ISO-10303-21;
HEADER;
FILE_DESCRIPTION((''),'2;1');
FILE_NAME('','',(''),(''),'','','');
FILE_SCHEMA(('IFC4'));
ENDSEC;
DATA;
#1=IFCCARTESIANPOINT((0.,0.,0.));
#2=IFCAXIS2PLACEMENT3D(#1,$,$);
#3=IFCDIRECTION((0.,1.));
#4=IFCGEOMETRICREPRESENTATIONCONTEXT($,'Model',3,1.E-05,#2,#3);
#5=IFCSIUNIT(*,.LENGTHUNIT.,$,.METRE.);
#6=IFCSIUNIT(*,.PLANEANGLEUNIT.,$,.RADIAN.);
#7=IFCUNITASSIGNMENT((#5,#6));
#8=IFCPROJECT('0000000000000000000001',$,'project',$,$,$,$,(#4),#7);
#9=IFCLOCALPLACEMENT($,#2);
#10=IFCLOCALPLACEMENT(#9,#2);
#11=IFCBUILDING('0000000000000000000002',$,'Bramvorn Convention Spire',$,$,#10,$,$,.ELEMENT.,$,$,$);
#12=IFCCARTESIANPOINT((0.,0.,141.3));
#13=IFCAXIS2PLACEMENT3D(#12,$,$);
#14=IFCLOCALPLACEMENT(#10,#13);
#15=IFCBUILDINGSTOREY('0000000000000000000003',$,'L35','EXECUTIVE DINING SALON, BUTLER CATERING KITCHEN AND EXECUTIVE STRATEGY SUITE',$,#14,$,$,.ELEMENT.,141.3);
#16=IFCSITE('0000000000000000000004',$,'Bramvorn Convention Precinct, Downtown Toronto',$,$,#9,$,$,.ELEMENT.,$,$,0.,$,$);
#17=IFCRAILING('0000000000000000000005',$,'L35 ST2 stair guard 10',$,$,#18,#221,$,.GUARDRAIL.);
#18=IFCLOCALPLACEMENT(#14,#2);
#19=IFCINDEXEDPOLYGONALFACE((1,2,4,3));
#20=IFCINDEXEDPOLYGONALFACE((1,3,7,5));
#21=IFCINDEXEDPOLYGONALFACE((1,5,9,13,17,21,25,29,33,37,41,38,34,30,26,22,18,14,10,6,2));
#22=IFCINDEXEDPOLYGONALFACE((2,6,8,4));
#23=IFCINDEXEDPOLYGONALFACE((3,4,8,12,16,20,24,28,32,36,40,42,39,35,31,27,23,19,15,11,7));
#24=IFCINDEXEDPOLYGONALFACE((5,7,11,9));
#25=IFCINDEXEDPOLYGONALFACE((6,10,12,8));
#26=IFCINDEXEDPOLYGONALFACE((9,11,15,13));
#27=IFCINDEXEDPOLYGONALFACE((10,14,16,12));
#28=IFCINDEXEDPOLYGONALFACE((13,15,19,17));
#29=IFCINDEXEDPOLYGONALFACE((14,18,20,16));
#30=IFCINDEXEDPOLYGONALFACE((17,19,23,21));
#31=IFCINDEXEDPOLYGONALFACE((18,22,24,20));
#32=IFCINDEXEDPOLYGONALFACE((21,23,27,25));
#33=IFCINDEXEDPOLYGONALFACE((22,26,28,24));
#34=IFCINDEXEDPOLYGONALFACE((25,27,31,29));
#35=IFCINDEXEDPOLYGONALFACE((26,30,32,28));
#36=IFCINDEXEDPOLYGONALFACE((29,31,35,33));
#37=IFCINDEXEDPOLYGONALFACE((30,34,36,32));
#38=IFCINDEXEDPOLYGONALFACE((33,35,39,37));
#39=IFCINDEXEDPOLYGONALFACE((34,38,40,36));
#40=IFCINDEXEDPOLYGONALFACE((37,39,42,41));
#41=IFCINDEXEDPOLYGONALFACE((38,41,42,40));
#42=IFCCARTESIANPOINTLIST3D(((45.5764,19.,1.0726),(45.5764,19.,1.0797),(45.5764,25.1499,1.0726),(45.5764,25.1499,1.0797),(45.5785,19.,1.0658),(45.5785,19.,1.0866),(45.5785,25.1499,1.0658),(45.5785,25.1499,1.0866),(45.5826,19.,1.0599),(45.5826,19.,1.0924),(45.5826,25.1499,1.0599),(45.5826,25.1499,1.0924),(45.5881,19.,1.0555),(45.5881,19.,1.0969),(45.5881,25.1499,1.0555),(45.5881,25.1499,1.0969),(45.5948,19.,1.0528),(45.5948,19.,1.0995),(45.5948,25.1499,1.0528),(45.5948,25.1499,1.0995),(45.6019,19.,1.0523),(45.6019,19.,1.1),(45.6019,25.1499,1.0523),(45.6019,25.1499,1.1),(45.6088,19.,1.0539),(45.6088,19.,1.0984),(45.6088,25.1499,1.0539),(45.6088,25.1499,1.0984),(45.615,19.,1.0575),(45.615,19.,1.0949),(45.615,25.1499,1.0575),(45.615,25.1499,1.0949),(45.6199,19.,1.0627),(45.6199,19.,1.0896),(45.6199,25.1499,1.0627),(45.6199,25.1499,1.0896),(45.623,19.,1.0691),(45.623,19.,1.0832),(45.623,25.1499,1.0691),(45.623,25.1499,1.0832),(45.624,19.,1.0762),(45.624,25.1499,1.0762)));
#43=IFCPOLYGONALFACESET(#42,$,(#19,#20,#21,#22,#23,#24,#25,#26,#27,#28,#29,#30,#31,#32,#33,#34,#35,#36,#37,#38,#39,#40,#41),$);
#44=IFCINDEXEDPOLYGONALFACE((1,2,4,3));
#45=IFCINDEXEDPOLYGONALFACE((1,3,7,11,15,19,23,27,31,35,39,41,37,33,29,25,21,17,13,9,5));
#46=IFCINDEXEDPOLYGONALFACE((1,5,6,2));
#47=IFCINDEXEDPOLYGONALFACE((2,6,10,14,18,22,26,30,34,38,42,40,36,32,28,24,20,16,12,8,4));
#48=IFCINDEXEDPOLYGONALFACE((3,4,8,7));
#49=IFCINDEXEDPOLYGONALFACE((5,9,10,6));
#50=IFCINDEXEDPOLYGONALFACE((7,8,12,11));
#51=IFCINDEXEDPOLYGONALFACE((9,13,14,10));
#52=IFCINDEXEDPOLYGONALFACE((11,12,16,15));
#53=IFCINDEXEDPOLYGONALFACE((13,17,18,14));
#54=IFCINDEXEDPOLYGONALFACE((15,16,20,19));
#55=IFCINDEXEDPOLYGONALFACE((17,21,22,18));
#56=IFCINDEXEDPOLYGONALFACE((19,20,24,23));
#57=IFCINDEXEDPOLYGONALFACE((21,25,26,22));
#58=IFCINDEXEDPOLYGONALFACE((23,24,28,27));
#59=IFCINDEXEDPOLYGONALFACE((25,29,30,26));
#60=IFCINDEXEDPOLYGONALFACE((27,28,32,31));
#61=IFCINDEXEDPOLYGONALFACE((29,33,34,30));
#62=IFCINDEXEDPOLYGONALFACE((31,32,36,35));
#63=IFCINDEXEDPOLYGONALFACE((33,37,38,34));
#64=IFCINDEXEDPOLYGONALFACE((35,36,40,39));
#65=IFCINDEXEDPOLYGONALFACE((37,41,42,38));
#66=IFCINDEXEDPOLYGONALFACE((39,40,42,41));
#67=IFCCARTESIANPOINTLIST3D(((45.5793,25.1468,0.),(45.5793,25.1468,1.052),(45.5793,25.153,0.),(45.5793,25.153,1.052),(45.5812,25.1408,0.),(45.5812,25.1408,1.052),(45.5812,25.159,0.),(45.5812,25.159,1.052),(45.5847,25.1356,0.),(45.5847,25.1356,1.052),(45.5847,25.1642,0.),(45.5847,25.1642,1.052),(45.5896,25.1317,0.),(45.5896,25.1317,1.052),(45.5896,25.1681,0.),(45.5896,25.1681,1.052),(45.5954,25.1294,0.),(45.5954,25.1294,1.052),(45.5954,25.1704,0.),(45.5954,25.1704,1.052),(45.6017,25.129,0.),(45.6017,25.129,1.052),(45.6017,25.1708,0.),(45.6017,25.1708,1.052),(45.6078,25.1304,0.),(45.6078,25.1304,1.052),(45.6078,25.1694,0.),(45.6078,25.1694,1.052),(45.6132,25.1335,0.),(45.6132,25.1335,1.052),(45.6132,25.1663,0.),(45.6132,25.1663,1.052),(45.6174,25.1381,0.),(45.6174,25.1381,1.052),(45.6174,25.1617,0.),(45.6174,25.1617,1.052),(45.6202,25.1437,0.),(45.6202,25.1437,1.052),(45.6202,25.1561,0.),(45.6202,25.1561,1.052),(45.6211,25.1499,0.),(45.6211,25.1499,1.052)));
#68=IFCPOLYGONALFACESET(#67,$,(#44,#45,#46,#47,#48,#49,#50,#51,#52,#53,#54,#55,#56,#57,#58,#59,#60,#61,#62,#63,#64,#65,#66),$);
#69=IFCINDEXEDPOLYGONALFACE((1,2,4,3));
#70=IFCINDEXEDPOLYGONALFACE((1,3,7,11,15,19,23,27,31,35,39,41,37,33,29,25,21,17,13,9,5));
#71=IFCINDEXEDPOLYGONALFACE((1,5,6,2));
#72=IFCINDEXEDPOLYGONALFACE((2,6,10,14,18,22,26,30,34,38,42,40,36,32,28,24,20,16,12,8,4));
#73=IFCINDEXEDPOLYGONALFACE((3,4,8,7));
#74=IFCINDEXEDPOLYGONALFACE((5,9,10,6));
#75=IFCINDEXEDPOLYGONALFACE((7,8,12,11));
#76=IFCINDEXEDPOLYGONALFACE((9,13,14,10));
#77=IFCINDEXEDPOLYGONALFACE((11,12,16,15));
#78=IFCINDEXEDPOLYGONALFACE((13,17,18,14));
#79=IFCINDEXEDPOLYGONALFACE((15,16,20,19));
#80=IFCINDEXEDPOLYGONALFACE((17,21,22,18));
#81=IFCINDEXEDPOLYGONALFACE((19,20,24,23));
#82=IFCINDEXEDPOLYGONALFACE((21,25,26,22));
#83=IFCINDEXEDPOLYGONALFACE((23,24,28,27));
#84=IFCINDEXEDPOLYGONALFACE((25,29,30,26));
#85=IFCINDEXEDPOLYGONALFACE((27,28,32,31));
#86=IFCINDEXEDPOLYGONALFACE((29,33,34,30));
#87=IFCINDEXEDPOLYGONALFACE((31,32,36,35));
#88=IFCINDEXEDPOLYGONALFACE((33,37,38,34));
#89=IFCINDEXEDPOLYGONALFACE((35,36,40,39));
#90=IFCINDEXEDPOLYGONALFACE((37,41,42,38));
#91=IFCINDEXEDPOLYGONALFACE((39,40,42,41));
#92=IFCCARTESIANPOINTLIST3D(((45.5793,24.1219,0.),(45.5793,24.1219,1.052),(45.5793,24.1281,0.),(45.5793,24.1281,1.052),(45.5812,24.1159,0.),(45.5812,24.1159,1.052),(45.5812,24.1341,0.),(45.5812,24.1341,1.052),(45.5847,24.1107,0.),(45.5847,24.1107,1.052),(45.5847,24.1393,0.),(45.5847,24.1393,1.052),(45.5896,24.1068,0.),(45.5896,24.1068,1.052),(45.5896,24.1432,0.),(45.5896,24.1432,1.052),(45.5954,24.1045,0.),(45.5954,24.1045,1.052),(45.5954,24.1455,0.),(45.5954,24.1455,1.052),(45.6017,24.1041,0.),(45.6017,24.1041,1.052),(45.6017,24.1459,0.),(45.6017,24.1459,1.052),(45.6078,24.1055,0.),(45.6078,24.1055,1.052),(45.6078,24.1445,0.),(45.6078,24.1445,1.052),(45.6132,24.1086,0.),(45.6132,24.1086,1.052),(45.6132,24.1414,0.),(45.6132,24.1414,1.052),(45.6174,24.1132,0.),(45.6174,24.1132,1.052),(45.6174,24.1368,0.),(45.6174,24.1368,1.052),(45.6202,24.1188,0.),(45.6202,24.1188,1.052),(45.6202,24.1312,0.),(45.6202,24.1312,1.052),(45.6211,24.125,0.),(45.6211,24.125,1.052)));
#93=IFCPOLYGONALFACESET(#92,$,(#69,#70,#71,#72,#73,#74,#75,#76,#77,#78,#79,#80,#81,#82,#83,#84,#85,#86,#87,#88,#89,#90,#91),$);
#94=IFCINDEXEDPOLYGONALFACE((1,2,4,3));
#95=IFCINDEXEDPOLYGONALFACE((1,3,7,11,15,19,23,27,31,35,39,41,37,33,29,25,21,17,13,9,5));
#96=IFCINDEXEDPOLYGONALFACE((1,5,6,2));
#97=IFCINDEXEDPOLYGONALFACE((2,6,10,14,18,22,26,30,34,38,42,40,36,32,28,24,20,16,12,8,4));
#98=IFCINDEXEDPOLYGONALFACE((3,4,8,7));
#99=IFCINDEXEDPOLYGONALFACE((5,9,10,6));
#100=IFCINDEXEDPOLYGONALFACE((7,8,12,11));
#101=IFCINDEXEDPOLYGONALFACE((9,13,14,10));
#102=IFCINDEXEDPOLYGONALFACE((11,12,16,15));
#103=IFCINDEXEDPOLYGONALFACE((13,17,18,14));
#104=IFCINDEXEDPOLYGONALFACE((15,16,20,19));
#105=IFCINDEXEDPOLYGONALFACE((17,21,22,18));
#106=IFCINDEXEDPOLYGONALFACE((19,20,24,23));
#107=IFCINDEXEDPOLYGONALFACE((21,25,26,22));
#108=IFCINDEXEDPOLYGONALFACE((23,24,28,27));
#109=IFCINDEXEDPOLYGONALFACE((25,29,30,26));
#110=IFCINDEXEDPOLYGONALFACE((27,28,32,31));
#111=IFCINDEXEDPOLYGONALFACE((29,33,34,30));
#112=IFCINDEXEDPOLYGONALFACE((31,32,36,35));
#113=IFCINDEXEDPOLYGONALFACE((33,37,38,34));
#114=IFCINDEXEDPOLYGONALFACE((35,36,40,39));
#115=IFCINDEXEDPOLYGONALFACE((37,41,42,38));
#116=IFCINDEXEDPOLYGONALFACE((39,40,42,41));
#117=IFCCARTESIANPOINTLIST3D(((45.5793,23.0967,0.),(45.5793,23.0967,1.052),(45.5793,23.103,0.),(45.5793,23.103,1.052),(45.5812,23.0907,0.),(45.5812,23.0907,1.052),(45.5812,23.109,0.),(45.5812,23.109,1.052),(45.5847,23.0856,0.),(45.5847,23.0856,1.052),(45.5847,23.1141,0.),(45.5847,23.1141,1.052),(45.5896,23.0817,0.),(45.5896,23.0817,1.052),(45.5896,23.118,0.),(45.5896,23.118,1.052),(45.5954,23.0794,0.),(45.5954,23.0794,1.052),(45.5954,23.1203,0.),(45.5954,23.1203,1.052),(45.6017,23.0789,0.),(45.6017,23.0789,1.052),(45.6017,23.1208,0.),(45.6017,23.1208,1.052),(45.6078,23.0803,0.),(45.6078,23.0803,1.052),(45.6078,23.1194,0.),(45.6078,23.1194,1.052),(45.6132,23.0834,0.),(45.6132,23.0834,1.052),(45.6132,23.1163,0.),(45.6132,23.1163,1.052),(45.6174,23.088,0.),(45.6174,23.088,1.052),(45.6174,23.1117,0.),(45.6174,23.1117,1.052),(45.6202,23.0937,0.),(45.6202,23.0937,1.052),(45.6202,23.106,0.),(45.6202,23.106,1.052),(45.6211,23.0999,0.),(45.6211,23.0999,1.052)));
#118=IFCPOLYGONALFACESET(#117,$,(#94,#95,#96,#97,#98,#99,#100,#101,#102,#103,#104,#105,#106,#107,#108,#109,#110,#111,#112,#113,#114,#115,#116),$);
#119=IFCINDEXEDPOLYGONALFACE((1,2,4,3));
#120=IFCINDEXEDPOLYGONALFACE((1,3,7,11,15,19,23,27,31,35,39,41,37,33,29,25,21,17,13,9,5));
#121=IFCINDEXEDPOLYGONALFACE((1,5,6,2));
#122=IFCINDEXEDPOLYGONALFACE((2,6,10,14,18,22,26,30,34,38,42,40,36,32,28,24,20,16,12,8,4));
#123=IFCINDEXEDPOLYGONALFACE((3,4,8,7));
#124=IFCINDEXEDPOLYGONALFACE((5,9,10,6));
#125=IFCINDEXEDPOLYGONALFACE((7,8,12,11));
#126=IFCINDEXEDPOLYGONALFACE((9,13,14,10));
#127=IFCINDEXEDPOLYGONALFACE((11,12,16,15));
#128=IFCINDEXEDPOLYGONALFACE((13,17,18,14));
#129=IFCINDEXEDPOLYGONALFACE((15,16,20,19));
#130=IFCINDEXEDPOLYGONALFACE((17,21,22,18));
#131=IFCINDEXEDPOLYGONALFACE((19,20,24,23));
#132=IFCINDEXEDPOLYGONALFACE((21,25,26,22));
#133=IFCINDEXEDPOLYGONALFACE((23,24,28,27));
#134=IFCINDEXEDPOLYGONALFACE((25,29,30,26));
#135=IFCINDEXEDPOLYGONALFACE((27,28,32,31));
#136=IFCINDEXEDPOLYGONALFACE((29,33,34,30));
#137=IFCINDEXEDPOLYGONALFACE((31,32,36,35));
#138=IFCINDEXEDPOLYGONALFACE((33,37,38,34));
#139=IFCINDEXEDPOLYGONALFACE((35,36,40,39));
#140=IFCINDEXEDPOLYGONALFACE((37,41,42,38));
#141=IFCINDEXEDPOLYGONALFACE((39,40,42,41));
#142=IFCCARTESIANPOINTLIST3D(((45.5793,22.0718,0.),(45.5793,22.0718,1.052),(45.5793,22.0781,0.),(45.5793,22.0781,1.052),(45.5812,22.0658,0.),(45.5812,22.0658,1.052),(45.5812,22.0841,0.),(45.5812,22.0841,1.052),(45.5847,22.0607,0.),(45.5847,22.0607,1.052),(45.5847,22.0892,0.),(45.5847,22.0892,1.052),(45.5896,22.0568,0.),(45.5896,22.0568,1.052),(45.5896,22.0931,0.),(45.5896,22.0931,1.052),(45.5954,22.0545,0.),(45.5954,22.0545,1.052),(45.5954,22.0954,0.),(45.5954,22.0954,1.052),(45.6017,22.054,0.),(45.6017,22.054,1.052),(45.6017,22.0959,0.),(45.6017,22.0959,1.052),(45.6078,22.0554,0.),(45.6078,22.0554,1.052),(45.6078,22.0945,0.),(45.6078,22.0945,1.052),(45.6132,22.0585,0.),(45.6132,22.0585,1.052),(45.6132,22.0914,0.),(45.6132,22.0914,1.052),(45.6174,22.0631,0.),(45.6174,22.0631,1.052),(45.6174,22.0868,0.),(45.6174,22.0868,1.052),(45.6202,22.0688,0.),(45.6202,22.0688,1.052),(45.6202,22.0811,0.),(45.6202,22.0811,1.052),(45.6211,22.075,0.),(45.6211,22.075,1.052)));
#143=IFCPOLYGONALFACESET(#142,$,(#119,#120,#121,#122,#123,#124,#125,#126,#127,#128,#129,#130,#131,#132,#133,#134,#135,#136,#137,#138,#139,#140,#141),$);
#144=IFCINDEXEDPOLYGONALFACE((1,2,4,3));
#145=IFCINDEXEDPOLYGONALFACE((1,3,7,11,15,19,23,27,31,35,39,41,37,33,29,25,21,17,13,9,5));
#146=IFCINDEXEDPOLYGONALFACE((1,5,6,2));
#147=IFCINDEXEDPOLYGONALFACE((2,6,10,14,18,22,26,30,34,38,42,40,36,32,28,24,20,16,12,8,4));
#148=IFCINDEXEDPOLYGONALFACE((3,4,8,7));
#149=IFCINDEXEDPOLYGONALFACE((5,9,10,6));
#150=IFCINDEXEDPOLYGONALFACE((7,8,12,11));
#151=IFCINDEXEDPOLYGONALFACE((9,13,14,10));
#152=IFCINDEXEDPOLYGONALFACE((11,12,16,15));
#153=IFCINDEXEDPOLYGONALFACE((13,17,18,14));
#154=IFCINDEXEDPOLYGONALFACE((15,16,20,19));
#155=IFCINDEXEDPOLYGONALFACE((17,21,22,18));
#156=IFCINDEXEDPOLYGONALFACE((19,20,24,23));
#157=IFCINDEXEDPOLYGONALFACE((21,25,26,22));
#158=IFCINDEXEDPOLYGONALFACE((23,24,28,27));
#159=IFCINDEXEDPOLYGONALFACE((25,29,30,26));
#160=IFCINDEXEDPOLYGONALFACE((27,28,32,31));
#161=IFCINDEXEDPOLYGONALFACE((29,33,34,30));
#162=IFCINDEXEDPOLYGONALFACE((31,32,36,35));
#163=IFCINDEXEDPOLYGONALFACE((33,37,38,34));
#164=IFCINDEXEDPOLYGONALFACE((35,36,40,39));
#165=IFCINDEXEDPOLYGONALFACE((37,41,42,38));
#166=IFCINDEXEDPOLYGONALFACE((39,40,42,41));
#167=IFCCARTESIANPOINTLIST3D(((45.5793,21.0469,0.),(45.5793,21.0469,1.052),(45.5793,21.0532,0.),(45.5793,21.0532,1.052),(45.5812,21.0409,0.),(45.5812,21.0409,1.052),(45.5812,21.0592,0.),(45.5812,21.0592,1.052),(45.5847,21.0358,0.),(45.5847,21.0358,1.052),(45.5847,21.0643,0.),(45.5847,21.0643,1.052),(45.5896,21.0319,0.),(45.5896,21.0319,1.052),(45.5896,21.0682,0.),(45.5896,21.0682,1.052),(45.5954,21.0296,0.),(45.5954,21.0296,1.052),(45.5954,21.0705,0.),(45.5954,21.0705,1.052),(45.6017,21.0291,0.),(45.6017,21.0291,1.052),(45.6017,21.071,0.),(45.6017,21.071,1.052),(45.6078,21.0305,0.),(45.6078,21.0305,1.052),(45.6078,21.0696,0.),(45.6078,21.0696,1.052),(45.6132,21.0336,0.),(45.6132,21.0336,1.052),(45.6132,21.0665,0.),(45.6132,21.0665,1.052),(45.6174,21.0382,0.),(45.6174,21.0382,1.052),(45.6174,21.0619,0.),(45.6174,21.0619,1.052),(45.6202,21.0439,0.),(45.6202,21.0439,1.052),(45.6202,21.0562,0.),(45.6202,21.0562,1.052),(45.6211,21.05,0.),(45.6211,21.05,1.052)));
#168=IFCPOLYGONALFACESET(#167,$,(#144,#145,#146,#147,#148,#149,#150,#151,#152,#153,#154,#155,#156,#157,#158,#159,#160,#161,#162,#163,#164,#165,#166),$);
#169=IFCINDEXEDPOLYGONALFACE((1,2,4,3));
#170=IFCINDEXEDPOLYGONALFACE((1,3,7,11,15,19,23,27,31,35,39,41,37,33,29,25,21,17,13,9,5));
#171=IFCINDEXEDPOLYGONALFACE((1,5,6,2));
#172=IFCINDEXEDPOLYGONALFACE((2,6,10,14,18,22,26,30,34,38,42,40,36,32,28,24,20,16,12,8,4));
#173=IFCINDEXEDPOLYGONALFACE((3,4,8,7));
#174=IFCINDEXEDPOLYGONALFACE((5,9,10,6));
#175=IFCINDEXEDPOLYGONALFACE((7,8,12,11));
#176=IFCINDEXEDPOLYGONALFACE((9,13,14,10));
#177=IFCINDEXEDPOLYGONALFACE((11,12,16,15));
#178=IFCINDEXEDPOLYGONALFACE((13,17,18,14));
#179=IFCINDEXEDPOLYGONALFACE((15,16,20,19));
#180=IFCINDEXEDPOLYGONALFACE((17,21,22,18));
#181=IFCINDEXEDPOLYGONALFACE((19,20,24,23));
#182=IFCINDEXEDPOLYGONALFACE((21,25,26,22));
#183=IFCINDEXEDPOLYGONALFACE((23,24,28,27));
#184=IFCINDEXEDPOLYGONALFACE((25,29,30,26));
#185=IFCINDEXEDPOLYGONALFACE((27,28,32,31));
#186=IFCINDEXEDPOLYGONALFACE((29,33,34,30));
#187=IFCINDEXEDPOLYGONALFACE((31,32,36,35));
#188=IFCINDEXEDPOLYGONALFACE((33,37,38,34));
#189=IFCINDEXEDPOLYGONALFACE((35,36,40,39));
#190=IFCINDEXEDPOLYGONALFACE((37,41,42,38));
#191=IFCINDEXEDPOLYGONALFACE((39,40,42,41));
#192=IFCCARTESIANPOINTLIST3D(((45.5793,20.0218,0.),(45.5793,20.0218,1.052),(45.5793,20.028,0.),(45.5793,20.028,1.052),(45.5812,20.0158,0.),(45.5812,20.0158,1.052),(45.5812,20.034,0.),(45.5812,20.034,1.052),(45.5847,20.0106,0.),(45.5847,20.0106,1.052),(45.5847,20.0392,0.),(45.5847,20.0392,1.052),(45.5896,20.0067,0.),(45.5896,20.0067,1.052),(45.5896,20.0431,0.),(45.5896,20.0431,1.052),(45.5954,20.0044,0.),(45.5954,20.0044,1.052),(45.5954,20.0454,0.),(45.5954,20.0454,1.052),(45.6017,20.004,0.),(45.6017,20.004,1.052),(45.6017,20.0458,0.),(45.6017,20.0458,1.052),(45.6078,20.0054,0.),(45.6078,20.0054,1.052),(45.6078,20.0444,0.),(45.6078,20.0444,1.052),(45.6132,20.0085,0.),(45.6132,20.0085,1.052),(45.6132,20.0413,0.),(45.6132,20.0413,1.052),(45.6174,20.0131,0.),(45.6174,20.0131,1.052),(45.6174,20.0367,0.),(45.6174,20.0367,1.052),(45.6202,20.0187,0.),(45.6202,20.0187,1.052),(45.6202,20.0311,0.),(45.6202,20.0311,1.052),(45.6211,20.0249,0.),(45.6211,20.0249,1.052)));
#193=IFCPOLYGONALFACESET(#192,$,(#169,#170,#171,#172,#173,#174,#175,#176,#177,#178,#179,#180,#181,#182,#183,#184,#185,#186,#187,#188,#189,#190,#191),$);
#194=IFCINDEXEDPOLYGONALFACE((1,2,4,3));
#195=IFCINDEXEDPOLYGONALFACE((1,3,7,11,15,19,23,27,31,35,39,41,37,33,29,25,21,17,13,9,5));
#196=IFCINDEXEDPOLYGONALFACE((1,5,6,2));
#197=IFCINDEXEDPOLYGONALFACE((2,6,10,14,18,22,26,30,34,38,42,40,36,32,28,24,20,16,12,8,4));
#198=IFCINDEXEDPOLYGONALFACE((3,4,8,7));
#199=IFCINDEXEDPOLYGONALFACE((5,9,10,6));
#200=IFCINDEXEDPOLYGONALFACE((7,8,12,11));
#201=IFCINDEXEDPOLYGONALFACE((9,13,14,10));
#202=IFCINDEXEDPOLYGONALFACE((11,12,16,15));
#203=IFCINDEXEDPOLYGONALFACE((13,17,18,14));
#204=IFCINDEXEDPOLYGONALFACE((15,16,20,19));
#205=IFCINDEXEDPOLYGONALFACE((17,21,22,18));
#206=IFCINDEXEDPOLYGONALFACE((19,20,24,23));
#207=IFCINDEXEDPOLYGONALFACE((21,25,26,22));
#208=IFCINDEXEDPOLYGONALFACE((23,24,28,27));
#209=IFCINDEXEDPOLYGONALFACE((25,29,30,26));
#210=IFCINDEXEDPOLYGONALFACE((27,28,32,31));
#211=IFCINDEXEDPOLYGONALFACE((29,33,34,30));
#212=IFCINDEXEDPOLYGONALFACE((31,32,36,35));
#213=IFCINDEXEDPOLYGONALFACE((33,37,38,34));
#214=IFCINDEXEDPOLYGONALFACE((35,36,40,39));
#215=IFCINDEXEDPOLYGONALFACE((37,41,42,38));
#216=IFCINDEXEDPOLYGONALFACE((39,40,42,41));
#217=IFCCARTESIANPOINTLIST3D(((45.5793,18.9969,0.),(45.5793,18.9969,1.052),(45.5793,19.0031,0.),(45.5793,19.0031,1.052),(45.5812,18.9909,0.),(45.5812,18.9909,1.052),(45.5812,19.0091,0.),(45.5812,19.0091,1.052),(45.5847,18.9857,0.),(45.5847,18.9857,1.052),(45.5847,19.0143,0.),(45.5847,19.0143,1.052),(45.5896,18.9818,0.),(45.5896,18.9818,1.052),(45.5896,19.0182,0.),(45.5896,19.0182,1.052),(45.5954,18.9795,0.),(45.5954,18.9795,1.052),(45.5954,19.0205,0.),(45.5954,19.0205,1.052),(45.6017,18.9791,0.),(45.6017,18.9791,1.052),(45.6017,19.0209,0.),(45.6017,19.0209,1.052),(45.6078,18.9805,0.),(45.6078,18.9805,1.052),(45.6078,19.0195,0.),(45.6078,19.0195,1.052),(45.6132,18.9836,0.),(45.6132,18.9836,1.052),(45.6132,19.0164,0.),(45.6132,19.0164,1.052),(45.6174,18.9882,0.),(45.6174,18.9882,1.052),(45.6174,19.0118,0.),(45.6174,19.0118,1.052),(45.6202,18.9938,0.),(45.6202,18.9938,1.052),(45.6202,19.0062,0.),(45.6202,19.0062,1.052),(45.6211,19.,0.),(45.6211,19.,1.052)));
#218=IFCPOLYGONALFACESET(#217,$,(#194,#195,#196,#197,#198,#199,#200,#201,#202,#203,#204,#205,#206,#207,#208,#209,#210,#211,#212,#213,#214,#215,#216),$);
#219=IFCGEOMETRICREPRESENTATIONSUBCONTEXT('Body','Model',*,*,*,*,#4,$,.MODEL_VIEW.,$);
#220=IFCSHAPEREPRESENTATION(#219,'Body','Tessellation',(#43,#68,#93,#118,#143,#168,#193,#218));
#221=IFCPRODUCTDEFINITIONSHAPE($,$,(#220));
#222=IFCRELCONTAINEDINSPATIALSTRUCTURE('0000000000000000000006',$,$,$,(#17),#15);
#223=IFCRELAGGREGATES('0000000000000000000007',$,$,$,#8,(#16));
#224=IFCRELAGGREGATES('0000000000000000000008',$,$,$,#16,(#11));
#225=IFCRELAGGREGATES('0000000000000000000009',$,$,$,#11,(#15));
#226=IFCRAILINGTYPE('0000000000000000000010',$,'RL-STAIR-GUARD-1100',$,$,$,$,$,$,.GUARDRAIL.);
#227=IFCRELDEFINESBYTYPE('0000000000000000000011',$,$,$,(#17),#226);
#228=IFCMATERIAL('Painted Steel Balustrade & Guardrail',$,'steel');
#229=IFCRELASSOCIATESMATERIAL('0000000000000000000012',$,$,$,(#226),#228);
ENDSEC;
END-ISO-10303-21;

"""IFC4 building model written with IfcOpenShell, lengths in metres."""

from ifc_helpers import new_model, si_unit, direction, frame, origin, origin_2d, place, context, subcontext, project, spatial, circle, extrude, material, type_object, element, save


model = new_model("IFC4")

# Units and contexts
model_context = context("Model", 3, precision=1e-05, world=origin(), true_north=direction((0.0, 1.0)))
body_context = subcontext(model_context, "Body", "Model", "MODEL_VIEW")
ifc_project = project(units=[si_unit("LENGTHUNIT", "METRE"), si_unit("PLANEANGLEUNIT", "RADIAN")], contexts=[model_context])

# Site, building, storey
site_placement = place(None, origin())
site = spatial("IfcSite", under=ifc_project, at=site_placement, Name="Bramvorn Convention Precinct, Downtown Toronto", CompositionType="ELEMENT", RefElevation=0.0)
building_placement = place(site_placement, origin())
building = spatial("IfcBuilding", under=site, at=building_placement, Name="Bramvorn Convention Spire", CompositionType="ELEMENT")
storey_placement = place(building_placement, frame((0.0, 0.0, 141.3)))
storey = spatial("IfcBuildingStorey", under=building, at=storey_placement, Name="L35", Description="EXECUTIVE DINING SALON, BUTLER CATERING KITCHEN AND EXECUTIVE STRATEGY SUITE", CompositionType="ELEMENT", Elevation=141.3)

# Railing
ifc_material_1 = material(Name="Painted Steel Balustrade & Guardrail", Category="steel")
railing_type_1 = type_object("IfcRailingType", Name="RL-STAIR-GUARD-1100", PredefinedType="GUARDRAIL", material=ifc_material_1)
railing_1_placement = place(storey_placement, frame((45.6001, 25.1499, 0.0)))
element("IfcRailing", 1, at=railing_1_placement, inside=storey, type_object=railing_type_1, Name="L35 ST2 stair guard 10", PredefinedType="GUARDRAIL", context=body_context, shape_type="SweptSolid", body=[
    extrude(circle(Radius=0.0239, at=origin_2d()), frame((0.0, 0.0, 1.0762), z_axis=(0.0, -1.0, 0.0), x_axis=(1.0, 0.0, 0.0)), (0.0, 0.0, 1.0), 6.1499),
    extrude(circle(Radius=0.021, at=origin_2d()), origin(), (0.0, 0.0, 1.0), 1.052),
    extrude(circle(Radius=0.021, at=origin_2d()), frame((0.0, -1.0249, 0.0)), (0.0, 0.0, 1.0), 1.052),
    extrude(circle(Radius=0.021, at=origin_2d()), frame((0.0, -2.05, 0.0)), (0.0, 0.0, 1.0), 1.052),
    extrude(circle(Radius=0.021, at=origin_2d()), frame((0.0, -3.075, 0.0)), (0.0, 0.0, 1.0), 1.052),
    extrude(circle(Radius=0.021, at=origin_2d()), frame((0.0, -4.0999, 0.0)), (0.0, 0.0, 1.0), 1.052),
    extrude(circle(Radius=0.021, at=origin_2d()), frame((0.0, -5.125, 0.0)), (0.0, 0.0, 1.0), 1.052),
    extrude(circle(Radius=0.021, at=origin_2d()), frame((0.0, -6.1499, 0.0)), (0.0, 0.0, 1.0), 1.052),
])

save(model, "model.ifc")
